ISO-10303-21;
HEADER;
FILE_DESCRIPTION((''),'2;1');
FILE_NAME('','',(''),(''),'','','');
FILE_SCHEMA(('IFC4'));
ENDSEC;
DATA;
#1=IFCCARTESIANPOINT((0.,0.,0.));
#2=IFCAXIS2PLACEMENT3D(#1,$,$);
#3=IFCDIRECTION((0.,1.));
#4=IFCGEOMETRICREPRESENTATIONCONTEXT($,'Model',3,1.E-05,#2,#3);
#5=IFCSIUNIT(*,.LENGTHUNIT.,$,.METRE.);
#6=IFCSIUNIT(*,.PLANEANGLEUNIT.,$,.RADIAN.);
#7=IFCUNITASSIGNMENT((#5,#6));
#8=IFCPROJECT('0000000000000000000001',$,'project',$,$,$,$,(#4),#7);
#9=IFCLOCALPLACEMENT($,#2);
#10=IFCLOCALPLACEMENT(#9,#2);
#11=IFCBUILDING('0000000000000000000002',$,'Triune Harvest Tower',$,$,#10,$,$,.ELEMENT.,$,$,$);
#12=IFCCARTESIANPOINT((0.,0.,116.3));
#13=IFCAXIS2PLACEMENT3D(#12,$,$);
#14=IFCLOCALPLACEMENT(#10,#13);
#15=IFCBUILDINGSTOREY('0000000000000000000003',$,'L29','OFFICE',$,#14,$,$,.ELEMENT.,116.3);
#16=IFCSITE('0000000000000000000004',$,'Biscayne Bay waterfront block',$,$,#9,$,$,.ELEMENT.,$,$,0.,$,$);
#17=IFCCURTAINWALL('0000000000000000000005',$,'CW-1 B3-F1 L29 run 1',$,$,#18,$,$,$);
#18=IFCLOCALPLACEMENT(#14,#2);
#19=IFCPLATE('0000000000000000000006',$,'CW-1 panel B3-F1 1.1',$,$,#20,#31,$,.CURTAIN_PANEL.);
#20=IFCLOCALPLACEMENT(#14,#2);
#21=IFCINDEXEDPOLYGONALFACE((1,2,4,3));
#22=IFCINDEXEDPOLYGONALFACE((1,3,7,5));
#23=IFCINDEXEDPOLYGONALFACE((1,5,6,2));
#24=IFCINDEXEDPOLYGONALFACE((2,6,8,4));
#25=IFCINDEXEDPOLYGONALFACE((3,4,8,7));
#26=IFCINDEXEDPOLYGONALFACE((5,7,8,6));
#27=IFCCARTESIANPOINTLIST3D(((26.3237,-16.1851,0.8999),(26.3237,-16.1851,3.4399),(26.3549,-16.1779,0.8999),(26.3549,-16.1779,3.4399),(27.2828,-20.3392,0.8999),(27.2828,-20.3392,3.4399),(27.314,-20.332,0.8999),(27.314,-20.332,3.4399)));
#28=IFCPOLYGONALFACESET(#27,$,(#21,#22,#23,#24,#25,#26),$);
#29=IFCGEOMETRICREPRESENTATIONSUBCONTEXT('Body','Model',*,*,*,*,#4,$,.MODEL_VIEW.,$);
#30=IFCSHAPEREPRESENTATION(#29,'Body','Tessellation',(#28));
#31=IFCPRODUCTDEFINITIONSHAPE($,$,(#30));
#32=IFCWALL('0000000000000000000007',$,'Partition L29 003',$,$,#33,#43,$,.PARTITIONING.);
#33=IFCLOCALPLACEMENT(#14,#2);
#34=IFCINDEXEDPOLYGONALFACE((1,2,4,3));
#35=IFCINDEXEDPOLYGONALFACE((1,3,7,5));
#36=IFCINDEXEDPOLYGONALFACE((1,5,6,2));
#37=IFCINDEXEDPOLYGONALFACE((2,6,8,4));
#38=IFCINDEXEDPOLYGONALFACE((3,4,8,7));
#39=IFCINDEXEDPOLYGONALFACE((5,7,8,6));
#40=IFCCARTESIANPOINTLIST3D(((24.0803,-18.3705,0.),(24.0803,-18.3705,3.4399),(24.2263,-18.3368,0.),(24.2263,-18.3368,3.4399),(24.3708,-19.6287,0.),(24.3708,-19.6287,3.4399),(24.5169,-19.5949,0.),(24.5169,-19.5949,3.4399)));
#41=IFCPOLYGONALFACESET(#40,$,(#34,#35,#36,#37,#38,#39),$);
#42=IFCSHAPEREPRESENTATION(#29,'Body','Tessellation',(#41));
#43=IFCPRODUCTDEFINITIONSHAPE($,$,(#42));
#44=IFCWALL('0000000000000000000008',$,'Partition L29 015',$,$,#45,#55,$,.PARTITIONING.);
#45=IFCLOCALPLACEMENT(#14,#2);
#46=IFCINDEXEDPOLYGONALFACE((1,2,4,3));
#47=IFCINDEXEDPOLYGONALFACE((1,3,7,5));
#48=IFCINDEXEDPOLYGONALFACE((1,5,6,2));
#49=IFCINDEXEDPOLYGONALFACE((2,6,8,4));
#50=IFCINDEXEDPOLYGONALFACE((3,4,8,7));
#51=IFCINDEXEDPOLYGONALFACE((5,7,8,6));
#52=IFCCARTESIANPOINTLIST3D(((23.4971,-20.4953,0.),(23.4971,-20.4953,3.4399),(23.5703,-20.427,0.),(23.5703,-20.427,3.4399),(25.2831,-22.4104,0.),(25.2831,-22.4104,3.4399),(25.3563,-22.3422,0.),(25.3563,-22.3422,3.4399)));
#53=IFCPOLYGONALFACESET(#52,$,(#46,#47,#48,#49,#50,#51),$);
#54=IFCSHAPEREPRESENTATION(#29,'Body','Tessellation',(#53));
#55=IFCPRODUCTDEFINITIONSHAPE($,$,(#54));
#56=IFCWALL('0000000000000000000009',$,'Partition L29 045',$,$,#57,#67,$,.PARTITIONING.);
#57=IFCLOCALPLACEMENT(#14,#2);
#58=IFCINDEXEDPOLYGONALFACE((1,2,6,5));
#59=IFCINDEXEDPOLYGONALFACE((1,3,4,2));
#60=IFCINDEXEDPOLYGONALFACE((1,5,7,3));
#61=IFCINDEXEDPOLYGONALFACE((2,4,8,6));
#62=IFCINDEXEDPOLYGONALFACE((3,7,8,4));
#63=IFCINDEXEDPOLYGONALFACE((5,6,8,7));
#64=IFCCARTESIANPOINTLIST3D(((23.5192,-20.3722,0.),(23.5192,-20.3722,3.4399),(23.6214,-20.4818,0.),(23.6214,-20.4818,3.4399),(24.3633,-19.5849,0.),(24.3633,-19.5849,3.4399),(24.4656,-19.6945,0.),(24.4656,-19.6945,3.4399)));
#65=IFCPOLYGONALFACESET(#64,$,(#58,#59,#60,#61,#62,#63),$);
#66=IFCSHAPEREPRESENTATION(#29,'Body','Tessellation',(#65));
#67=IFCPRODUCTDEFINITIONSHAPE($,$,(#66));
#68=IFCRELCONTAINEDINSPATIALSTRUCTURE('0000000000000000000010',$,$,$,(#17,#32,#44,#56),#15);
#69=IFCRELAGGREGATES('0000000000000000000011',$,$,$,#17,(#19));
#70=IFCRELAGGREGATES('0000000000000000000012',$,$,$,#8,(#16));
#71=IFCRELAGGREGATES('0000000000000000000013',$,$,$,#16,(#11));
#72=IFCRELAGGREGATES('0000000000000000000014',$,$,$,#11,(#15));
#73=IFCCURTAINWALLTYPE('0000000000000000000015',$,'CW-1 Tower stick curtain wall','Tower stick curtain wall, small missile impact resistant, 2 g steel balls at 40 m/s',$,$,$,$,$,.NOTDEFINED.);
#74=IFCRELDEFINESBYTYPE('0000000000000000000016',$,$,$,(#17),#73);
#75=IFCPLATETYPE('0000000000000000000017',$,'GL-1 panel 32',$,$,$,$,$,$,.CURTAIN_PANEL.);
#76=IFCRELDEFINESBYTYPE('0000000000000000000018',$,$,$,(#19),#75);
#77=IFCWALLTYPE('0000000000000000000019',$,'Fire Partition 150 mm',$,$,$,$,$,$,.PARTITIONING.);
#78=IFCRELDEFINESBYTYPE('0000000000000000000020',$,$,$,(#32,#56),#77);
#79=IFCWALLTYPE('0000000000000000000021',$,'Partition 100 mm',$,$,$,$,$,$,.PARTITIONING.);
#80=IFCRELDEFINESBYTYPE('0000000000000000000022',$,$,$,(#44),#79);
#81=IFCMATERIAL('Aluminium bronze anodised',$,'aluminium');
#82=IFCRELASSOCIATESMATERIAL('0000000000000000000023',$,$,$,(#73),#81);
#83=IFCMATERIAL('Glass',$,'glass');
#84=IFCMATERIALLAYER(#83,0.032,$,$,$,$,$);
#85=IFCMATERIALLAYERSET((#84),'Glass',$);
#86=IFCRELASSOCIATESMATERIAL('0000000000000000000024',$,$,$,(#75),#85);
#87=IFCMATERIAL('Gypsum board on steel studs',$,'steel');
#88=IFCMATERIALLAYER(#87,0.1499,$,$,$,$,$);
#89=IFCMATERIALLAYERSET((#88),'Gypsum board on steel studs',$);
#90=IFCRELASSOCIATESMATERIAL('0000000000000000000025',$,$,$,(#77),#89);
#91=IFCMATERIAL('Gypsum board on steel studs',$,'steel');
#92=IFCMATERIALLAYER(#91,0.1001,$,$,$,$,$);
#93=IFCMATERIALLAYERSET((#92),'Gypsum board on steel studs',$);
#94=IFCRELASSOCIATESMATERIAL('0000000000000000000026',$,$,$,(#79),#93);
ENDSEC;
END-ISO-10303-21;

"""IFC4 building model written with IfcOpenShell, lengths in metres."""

from ifc_helpers import new_model, si_unit, direction, frame, frame_2d, origin, origin_2d, place, context, subcontext, project, spatial, rectangle, extrude, source, transform, mapped, material, layer, layer_set, type_object, element, aggregate, save


model = new_model("IFC4")

# Units and contexts
model_context = context("Model", 3, precision=1e-05, world=origin(), true_north=direction((0.0, 1.0)))
body_context = subcontext(model_context, "Body", "Model", "MODEL_VIEW")
ifc_project = project(units=[si_unit("LENGTHUNIT", "METRE"), si_unit("PLANEANGLEUNIT", "RADIAN")], contexts=[model_context])

# Site, building, storey
site_placement = place(None, origin())
site = spatial("IfcSite", under=ifc_project, at=site_placement, Name="Biscayne Bay waterfront block", CompositionType="ELEMENT", RefElevation=0.0)
building_placement = place(site_placement, origin())
building = spatial("IfcBuilding", under=site, at=building_placement, Name="Triune Harvest Tower", CompositionType="ELEMENT")
storey_placement = place(building_placement, frame((0.0, 0.0, 116.3)))
storey = spatial("IfcBuildingStorey", under=building, at=storey_placement, Name="L29", Description="OFFICE", CompositionType="ELEMENT", Elevation=116.3)

# Curtain wall
ifc_material_1 = material(Name="Aluminium bronze anodised", Category="aluminium")
curtain_wall_type = type_object("IfcCurtainWallType", Name="CW-1 Tower stick curtain wall", Description="Tower stick curtain wall, small missile impact resistant, 2 g steel balls at 40 m/s", PredefinedType="NOTDEFINED", material=ifc_material_1)
curtain_wall_1_placement = place(storey_placement, origin())
curtain_wall_1 = element("IfcCurtainWall", 1, at=curtain_wall_1_placement, inside=storey, type_object=curtain_wall_type, Name="CW-1 B3-F1 L29 run 1")

# Plate
ifc_material_2 = material(Name="Glass", Category="glass")
ifc_layer_1 = layer(ifc_material_2, 0.032)
ifc_layer_set_1 = layer_set([ifc_layer_1], Name="Glass")
plate_type = type_object("IfcPlateType", Name="GL-1 panel 32", PredefinedType="CURTAIN_PANEL", material=ifc_layer_set_1)
shared_shape_1 = source(origin(), body_context, "Body", "SweptSolid", [
    extrude(rectangle(XDim=4.2634, YDim=0.032, at=origin_2d()), origin(), (0.0, 0.0, 1.0), 2.54),
])
plate_1_placement = place(storey_placement, frame((26.8188, -18.2585, 0.8999), z_axis=(0.0, 0.0, 1.0), x_axis=(-0.224951, 0.97437, 0.0)))
plate_1 = element("IfcPlate", 2, at=plate_1_placement, type_object=plate_type, Name="CW-1 panel B3-F1 1.1", PredefinedType="CURTAIN_PANEL", context=body_context, shape_type="MappedRepresentation", body=[
    mapped(shared_shape_1, transform((0.0, 0.0, 0.0), scale=1.0)),
])
aggregate(curtain_wall_1, [plate_1])

# Walls
ifc_material_3 = material(Name="Gypsum board on steel studs", Category="steel")
ifc_layer_2 = layer(ifc_material_3, 0.1499)
ifc_layer_set_2 = layer_set([ifc_layer_2], Name="Gypsum board on steel studs")
wall_type_1 = type_object("IfcWallType", Name="Fire Partition 150 mm", PredefinedType="PARTITIONING", material=ifc_layer_set_2)
shared_shape_2 = source(origin(), body_context, "Body", "SweptSolid", [
    extrude(rectangle(XDim=1.2913, YDim=0.1499, at=frame_2d((0.6455, 0.0))), origin(), (0.0, 0.0, 1.0), 3.4399),
])
wall_1_placement = place(storey_placement, frame((24.1533, -18.3538, 0.0), z_axis=(0.0, 0.0, 1.0), x_axis=(0.225011, -0.974356, 0.0)))
element("IfcWall", 3, at=wall_1_placement, inside=storey, type_object=wall_type_1, Name="Partition L29 003", PredefinedType="PARTITIONING", context=body_context, shape_type="MappedRepresentation", body=[
    mapped(shared_shape_2, transform((0.0, 0.0, 0.0), scale=1.0)),
])
ifc_material_4 = material(Name="Gypsum board on steel studs", Category="steel")
ifc_layer_3 = layer(ifc_material_4, 0.1001)
ifc_layer_set_3 = layer_set([ifc_layer_3], Name="Gypsum board on steel studs")
wall_type_2 = type_object("IfcWallType", Name="Partition 100 mm", PredefinedType="PARTITIONING", material=ifc_layer_set_3)
shared_shape_3 = source(origin(), body_context, "Body", "SweptSolid", [
    extrude(rectangle(XDim=2.6187, YDim=0.1001, at=frame_2d((1.3093, 0.0))), origin(), (0.0, 0.0, 1.0), 3.4399),
])
wall_2_placement = place(storey_placement, frame((23.5337, -20.4612, 0.0), z_axis=(0.0, 0.0, 1.0), x_axis=(0.682016, -0.731337, 0.0)))
element("IfcWall", 4, at=wall_2_placement, inside=storey, type_object=wall_type_2, Name="Partition L29 015", PredefinedType="PARTITIONING", context=body_context, shape_type="MappedRepresentation", body=[
    mapped(shared_shape_3, transform((0.0, 0.0, 0.0), scale=1.0)),
])
shared_shape_4 = source(origin(), body_context, "Body", "SweptSolid", [
    extrude(rectangle(XDim=1.1543, YDim=0.1499, at=frame_2d((0.5771, 0.0))), origin(), (0.0, 0.0, 1.0), 3.4399),
])
wall_3_placement = place(storey_placement, frame((23.5703, -20.427, 0.0), z_axis=(0.0, 0.0, 1.0), x_axis=(0.731315, 0.682039, 0.0)))
element("IfcWall", 5, at=wall_3_placement, inside=storey, type_object=wall_type_1, Name="Partition L29 045", PredefinedType="PARTITIONING", context=body_context, shape_type="MappedRepresentation", body=[
    mapped(shared_shape_4, transform((0.0, 0.0, 0.0), scale=1.0)),
])

save(model, "model.ifc")
